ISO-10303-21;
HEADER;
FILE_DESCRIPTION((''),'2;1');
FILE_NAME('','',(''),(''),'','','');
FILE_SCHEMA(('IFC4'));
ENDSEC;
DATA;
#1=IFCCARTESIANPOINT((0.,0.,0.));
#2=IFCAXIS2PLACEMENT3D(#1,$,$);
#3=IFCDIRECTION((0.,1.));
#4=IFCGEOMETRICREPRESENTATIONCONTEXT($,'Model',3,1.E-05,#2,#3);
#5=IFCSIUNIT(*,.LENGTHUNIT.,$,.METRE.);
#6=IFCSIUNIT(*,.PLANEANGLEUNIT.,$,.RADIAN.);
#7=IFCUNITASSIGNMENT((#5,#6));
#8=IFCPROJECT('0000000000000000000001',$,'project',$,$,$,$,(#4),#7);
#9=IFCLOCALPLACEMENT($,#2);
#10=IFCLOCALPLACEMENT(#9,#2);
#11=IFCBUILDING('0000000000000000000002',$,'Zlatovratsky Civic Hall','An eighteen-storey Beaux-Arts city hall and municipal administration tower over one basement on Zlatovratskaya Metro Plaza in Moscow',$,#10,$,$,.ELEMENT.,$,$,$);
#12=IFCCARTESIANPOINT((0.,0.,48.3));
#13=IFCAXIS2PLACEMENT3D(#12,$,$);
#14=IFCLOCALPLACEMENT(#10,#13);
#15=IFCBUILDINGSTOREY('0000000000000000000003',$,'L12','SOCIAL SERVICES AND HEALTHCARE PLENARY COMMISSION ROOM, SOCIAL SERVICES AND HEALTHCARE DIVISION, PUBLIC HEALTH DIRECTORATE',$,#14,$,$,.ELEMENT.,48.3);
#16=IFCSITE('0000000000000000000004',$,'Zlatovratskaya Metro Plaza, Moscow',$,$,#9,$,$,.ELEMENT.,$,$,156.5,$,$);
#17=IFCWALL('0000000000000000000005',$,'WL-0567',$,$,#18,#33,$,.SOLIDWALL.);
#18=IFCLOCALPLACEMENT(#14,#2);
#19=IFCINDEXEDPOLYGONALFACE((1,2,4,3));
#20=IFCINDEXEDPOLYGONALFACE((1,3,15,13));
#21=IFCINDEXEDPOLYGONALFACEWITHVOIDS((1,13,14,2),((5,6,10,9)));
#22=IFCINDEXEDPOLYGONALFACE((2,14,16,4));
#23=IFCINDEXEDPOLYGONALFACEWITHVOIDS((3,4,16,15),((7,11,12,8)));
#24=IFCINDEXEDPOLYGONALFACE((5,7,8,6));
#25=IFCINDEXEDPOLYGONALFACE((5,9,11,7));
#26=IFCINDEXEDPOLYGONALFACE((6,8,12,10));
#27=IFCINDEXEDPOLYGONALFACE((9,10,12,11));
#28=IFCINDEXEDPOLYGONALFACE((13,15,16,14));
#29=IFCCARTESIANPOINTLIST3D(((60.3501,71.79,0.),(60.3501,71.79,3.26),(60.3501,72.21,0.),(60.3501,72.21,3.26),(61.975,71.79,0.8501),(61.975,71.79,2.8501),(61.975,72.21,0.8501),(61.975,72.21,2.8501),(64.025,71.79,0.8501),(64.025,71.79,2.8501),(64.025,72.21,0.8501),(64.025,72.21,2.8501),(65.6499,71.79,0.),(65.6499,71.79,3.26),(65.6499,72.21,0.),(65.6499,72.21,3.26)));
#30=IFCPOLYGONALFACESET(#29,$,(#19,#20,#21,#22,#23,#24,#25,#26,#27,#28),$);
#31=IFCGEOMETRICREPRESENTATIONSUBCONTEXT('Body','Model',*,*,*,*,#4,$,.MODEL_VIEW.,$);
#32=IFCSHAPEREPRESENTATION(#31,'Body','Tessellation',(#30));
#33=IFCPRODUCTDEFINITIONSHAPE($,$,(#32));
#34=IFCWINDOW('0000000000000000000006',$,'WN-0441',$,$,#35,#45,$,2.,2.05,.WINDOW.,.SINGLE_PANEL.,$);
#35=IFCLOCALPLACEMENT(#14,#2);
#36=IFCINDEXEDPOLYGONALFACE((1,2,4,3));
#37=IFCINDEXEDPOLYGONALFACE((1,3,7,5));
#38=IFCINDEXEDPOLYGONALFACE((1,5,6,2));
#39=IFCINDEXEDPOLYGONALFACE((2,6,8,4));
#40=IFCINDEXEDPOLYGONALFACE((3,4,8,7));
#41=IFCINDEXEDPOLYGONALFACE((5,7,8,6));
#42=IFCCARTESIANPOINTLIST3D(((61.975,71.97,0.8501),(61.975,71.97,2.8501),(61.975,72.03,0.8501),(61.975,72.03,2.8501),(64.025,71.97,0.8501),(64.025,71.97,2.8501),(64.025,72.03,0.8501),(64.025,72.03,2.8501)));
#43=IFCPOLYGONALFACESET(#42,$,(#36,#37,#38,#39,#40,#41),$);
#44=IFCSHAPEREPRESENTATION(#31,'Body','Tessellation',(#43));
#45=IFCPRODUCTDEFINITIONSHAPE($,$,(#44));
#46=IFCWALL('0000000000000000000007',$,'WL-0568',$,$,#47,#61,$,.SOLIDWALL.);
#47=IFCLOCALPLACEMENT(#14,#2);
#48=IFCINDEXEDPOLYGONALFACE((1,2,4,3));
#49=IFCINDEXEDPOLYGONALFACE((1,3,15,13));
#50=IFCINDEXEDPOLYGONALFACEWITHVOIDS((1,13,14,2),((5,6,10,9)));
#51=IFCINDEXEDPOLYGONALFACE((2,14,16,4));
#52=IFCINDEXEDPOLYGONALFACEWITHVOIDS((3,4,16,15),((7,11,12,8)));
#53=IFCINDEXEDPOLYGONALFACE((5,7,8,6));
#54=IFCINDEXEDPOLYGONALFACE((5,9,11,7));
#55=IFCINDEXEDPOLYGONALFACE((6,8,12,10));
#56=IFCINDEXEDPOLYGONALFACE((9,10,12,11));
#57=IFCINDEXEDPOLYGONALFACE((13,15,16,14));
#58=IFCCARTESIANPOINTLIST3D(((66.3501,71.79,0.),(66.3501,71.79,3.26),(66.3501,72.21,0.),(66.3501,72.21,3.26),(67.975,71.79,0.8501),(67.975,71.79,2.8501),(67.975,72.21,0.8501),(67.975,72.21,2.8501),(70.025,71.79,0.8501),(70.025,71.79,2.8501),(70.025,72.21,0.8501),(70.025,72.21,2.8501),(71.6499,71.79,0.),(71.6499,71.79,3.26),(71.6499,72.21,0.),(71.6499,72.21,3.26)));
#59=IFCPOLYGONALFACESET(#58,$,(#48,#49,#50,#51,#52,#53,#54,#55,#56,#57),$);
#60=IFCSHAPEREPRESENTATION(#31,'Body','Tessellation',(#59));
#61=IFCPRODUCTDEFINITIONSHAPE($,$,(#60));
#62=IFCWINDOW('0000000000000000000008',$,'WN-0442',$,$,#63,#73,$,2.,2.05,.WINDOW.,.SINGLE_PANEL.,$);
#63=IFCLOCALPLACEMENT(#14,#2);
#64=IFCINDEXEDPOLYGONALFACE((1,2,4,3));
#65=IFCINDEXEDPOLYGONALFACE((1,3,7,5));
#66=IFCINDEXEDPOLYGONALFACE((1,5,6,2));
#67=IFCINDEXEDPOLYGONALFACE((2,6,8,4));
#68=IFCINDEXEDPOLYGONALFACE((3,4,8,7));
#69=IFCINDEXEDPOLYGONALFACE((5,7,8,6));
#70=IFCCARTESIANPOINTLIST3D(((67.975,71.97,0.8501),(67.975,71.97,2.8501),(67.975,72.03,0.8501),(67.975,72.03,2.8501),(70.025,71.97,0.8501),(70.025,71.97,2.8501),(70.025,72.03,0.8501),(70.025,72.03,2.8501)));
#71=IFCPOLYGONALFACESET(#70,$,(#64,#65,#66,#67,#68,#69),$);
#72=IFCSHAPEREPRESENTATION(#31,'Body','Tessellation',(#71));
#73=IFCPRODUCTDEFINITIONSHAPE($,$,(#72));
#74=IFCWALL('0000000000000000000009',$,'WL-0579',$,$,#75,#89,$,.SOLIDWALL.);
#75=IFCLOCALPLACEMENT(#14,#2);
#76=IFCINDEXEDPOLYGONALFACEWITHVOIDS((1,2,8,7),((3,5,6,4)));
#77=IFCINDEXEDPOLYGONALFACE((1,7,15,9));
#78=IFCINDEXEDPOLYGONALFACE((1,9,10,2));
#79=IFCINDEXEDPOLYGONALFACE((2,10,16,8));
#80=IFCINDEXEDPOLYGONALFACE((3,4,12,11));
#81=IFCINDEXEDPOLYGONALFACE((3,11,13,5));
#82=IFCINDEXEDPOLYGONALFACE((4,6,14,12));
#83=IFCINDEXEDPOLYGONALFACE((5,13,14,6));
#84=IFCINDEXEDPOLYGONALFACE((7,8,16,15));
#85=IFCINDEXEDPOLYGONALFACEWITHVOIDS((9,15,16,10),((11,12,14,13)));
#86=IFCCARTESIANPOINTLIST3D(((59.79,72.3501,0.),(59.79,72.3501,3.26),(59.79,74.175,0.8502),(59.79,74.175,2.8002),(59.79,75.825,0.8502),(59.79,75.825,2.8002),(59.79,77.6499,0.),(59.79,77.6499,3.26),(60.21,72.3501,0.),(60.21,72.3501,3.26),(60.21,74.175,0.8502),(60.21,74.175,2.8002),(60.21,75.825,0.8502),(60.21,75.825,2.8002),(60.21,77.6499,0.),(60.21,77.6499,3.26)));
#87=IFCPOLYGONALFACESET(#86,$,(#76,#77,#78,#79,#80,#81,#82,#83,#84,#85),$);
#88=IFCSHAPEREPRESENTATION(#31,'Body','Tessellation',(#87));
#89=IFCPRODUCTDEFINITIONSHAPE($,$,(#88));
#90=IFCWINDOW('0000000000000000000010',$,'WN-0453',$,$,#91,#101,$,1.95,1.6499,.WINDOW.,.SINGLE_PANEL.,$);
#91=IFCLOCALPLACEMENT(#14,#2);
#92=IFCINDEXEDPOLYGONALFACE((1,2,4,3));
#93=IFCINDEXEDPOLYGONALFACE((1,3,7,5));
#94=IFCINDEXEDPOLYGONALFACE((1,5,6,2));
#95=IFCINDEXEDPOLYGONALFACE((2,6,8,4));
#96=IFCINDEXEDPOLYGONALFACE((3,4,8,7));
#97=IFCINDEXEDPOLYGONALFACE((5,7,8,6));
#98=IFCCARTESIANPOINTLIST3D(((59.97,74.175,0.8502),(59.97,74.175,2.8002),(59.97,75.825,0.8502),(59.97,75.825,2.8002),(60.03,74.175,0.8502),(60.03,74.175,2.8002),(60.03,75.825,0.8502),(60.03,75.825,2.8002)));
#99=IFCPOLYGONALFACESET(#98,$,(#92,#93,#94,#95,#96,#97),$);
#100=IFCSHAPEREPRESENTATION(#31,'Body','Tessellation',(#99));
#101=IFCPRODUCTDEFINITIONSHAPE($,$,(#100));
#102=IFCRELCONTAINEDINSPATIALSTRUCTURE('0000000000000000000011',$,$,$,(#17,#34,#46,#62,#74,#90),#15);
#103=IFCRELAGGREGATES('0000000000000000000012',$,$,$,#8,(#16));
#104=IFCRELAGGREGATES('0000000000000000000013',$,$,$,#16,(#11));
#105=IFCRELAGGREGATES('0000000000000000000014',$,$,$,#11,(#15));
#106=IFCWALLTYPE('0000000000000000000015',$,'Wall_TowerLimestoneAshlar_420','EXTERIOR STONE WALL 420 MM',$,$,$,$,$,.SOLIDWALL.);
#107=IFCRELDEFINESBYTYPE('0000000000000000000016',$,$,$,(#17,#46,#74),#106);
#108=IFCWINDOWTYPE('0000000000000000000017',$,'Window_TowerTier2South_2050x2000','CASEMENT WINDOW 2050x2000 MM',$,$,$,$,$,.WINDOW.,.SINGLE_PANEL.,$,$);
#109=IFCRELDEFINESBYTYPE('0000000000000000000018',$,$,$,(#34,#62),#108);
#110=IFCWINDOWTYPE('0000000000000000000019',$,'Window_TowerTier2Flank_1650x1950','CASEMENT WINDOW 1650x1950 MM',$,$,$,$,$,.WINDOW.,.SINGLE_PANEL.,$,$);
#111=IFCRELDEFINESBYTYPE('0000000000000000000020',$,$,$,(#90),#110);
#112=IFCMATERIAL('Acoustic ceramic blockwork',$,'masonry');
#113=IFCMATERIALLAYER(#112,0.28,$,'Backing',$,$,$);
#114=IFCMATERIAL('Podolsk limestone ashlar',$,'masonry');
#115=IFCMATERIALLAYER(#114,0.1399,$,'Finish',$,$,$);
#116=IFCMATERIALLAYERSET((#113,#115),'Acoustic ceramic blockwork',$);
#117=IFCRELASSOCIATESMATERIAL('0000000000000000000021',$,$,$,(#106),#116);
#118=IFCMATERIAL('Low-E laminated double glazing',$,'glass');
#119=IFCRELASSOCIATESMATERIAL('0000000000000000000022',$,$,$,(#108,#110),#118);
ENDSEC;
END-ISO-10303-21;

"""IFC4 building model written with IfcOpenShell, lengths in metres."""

from ifc_helpers import new_model, si_unit, direction, frame, frame_2d, origin, place, context, subcontext, project, spatial, rectangle, extrude, material, layer, layer_set, type_object, element, fill, save


model = new_model("IFC4")

# Units and contexts
model_context = context("Model", 3, precision=1e-05, world=origin(), true_north=direction((0.0, 1.0)))
body_context = subcontext(model_context, "Body", "Model", "MODEL_VIEW")
ifc_project = project(units=[si_unit("LENGTHUNIT", "METRE"), si_unit("PLANEANGLEUNIT", "RADIAN")], contexts=[model_context])

# Site, building, storey
site_placement = place(None, origin())
site = spatial("IfcSite", under=ifc_project, at=site_placement, Name="Zlatovratskaya Metro Plaza, Moscow", CompositionType="ELEMENT", RefElevation=156.5)
building_placement = place(site_placement, origin())
building = spatial("IfcBuilding", under=site, at=building_placement, Name="Zlatovratsky Civic Hall", Description="An eighteen-storey Beaux-Arts city hall and municipal administration tower over one basement on Zlatovratskaya Metro Plaza in Moscow", CompositionType="ELEMENT")
storey_placement = place(building_placement, frame((0.0, 0.0, 48.3)))
storey = spatial("IfcBuildingStorey", under=building, at=storey_placement, Name="L12", Description="SOCIAL SERVICES AND HEALTHCARE PLENARY COMMISSION ROOM, SOCIAL SERVICES AND HEALTHCARE DIVISION, PUBLIC HEALTH DIRECTORATE", CompositionType="ELEMENT", Elevation=48.3)

# Walls, openings, windows
ifc_material_1 = material(Name="Acoustic ceramic blockwork", Category="masonry")
ifc_layer_1 = layer(ifc_material_1, 0.28, Name="Backing")
ifc_material_2 = material(Name="Podolsk limestone ashlar", Category="masonry")
ifc_layer_2 = layer(ifc_material_2, 0.1399, Name="Finish")
ifc_layer_set_1 = layer_set([ifc_layer_1, ifc_layer_2], Name="Acoustic ceramic blockwork")
wall_type = type_object("IfcWallType", Name="Wall_TowerLimestoneAshlar_420", Description="EXTERIOR STONE WALL 420 MM", PredefinedType="SOLIDWALL", material=ifc_layer_set_1)
wall_1_placement = place(storey_placement, frame((60.3501, 72.0, 0.0), z_axis=(0.0, 0.0, 1.0), x_axis=(1.0, 0.0, 0.0)))
wall_1 = element("IfcWall", 1, at=wall_1_placement, inside=storey, type_object=wall_type, Name="WL-0567", PredefinedType="SOLIDWALL", context=body_context, shape_type="SweptSolid", body=[
    extrude(rectangle(XDim=5.2998, YDim=0.4199, at=frame_2d((2.6499, 0.0))), origin(), (0.0, 0.0, 1.0), 3.26),
])
opening_1_placement = place(wall_1_placement, frame((1.625, 0.0, 0.8501)))
opening_1 = element("IfcOpeningElement", 2, at=opening_1_placement, cuts=wall_1, PredefinedType="OPENING", context=body_context, shape_type="SweptSolid", body=[
    extrude(rectangle(XDim=2.05, YDim=2.0, at=frame_2d((1.0249, 1.0))), frame((0.0, 0.2249, 0.0), z_axis=(0.0, -1.0, 0.0), x_axis=(1.0, 0.0, 0.0)), (0.0, 0.0, 1.0), 0.4497),
])
ifc_material_3 = material(Name="Low-E laminated double glazing", Category="glass")
window_type_1 = type_object("IfcWindowType", Name="Window_TowerTier2South_2050x2000", Description="CASEMENT WINDOW 2050x2000 MM", PartitioningType="SINGLE_PANEL", PredefinedType="WINDOW", material=ifc_material_3)
window_1_placement = place(opening_1_placement, origin())
window_1 = element("IfcWindow", 3, at=window_1_placement, inside=storey, type_object=window_type_1, Name="WN-0441", OverallHeight=2.0, OverallWidth=2.05, PartitioningType="SINGLE_PANEL", PredefinedType="WINDOW", context=body_context, shape_type="SweptSolid", body=[
    extrude(rectangle(XDim=2.05, YDim=2.0, at=frame_2d((1.0249, 1.0))), frame((0.0, 0.03, 0.0), z_axis=(0.0, -1.0, 0.0), x_axis=(1.0, 0.0, 0.0)), (0.0, 0.0, 1.0), 0.0601),
])
fill(opening_1, window_1)
wall_2_placement = place(storey_placement, frame((66.3501, 72.0, 0.0), z_axis=(0.0, 0.0, 1.0), x_axis=(1.0, 0.0, 0.0)))
wall_2 = element("IfcWall", 4, at=wall_2_placement, inside=storey, type_object=wall_type, Name="WL-0568", PredefinedType="SOLIDWALL", context=body_context, shape_type="SweptSolid", body=[
    extrude(rectangle(XDim=5.2998, YDim=0.4199, at=frame_2d((2.6499, 0.0))), origin(), (0.0, 0.0, 1.0), 3.26),
])
opening_2_placement = place(wall_2_placement, frame((1.625, 0.0, 0.8501)))
opening_2 = element("IfcOpeningElement", 5, at=opening_2_placement, cuts=wall_2, PredefinedType="OPENING", context=body_context, shape_type="SweptSolid", body=[
    extrude(rectangle(XDim=2.05, YDim=2.0, at=frame_2d((1.0249, 1.0))), frame((0.0, 0.2249, 0.0), z_axis=(0.0, -1.0, 0.0), x_axis=(1.0, 0.0, 0.0)), (0.0, 0.0, 1.0), 0.4497),
])
window_2_placement = place(opening_2_placement, origin())
window_2 = element("IfcWindow", 6, at=window_2_placement, inside=storey, type_object=window_type_1, Name="WN-0442", OverallHeight=2.0, OverallWidth=2.05, PartitioningType="SINGLE_PANEL", PredefinedType="WINDOW", context=body_context, shape_type="SweptSolid", body=[
    extrude(rectangle(XDim=2.05, YDim=2.0, at=frame_2d((1.0249, 1.0))), frame((0.0, 0.03, 0.0), z_axis=(0.0, -1.0, 0.0), x_axis=(1.0, 0.0, 0.0)), (0.0, 0.0, 1.0), 0.0601),
])
fill(opening_2, window_2)
wall_3_placement = place(storey_placement, frame((60.0, 72.3501, 0.0), z_axis=(0.0, 0.0, 1.0), x_axis=(0.0, 1.0, 0.0)))
wall_3 = element("IfcWall", 7, at=wall_3_placement, inside=storey, type_object=wall_type, Name="WL-0579", PredefinedType="SOLIDWALL", context=body_context, shape_type="SweptSolid", body=[
    extrude(rectangle(XDim=5.2998, YDim=0.4199, at=frame_2d((2.6499, 0.0))), origin(), (0.0, 0.0, 1.0), 3.26),
])
opening_3_placement = place(wall_3_placement, frame((1.825, 0.0, 0.8501)))
opening_3 = element("IfcOpeningElement", 8, at=opening_3_placement, cuts=wall_3, PredefinedType="OPENING", context=body_context, shape_type="SweptSolid", body=[
    extrude(rectangle(XDim=1.6499, YDim=1.95, at=frame_2d((0.825, 0.9751))), frame((0.0, 0.2249, 0.0), z_axis=(0.0, -1.0, 0.0), x_axis=(1.0, 0.0, 0.0)), (0.0, 0.0, 1.0), 0.4497),
])
window_type_2 = type_object("IfcWindowType", Name="Window_TowerTier2Flank_1650x1950", Description="CASEMENT WINDOW 1650x1950 MM", PartitioningType="SINGLE_PANEL", PredefinedType="WINDOW", material=ifc_material_3)
window_3_placement = place(opening_3_placement, origin())
window_3 = element("IfcWindow", 9, at=window_3_placement, inside=storey, type_object=window_type_2, Name="WN-0453", OverallHeight=1.95, OverallWidth=1.6499, PartitioningType="SINGLE_PANEL", PredefinedType="WINDOW", context=body_context, shape_type="SweptSolid", body=[
    extrude(rectangle(XDim=1.6499, YDim=1.95, at=frame_2d((0.825, 0.9751))), frame((0.0, 0.03, 0.0), z_axis=(0.0, -1.0, 0.0), x_axis=(1.0, 0.0, 0.0)), (0.0, 0.0, 1.0), 0.0601),
])
fill(opening_3, window_3)

save(model, "model.ifc")
